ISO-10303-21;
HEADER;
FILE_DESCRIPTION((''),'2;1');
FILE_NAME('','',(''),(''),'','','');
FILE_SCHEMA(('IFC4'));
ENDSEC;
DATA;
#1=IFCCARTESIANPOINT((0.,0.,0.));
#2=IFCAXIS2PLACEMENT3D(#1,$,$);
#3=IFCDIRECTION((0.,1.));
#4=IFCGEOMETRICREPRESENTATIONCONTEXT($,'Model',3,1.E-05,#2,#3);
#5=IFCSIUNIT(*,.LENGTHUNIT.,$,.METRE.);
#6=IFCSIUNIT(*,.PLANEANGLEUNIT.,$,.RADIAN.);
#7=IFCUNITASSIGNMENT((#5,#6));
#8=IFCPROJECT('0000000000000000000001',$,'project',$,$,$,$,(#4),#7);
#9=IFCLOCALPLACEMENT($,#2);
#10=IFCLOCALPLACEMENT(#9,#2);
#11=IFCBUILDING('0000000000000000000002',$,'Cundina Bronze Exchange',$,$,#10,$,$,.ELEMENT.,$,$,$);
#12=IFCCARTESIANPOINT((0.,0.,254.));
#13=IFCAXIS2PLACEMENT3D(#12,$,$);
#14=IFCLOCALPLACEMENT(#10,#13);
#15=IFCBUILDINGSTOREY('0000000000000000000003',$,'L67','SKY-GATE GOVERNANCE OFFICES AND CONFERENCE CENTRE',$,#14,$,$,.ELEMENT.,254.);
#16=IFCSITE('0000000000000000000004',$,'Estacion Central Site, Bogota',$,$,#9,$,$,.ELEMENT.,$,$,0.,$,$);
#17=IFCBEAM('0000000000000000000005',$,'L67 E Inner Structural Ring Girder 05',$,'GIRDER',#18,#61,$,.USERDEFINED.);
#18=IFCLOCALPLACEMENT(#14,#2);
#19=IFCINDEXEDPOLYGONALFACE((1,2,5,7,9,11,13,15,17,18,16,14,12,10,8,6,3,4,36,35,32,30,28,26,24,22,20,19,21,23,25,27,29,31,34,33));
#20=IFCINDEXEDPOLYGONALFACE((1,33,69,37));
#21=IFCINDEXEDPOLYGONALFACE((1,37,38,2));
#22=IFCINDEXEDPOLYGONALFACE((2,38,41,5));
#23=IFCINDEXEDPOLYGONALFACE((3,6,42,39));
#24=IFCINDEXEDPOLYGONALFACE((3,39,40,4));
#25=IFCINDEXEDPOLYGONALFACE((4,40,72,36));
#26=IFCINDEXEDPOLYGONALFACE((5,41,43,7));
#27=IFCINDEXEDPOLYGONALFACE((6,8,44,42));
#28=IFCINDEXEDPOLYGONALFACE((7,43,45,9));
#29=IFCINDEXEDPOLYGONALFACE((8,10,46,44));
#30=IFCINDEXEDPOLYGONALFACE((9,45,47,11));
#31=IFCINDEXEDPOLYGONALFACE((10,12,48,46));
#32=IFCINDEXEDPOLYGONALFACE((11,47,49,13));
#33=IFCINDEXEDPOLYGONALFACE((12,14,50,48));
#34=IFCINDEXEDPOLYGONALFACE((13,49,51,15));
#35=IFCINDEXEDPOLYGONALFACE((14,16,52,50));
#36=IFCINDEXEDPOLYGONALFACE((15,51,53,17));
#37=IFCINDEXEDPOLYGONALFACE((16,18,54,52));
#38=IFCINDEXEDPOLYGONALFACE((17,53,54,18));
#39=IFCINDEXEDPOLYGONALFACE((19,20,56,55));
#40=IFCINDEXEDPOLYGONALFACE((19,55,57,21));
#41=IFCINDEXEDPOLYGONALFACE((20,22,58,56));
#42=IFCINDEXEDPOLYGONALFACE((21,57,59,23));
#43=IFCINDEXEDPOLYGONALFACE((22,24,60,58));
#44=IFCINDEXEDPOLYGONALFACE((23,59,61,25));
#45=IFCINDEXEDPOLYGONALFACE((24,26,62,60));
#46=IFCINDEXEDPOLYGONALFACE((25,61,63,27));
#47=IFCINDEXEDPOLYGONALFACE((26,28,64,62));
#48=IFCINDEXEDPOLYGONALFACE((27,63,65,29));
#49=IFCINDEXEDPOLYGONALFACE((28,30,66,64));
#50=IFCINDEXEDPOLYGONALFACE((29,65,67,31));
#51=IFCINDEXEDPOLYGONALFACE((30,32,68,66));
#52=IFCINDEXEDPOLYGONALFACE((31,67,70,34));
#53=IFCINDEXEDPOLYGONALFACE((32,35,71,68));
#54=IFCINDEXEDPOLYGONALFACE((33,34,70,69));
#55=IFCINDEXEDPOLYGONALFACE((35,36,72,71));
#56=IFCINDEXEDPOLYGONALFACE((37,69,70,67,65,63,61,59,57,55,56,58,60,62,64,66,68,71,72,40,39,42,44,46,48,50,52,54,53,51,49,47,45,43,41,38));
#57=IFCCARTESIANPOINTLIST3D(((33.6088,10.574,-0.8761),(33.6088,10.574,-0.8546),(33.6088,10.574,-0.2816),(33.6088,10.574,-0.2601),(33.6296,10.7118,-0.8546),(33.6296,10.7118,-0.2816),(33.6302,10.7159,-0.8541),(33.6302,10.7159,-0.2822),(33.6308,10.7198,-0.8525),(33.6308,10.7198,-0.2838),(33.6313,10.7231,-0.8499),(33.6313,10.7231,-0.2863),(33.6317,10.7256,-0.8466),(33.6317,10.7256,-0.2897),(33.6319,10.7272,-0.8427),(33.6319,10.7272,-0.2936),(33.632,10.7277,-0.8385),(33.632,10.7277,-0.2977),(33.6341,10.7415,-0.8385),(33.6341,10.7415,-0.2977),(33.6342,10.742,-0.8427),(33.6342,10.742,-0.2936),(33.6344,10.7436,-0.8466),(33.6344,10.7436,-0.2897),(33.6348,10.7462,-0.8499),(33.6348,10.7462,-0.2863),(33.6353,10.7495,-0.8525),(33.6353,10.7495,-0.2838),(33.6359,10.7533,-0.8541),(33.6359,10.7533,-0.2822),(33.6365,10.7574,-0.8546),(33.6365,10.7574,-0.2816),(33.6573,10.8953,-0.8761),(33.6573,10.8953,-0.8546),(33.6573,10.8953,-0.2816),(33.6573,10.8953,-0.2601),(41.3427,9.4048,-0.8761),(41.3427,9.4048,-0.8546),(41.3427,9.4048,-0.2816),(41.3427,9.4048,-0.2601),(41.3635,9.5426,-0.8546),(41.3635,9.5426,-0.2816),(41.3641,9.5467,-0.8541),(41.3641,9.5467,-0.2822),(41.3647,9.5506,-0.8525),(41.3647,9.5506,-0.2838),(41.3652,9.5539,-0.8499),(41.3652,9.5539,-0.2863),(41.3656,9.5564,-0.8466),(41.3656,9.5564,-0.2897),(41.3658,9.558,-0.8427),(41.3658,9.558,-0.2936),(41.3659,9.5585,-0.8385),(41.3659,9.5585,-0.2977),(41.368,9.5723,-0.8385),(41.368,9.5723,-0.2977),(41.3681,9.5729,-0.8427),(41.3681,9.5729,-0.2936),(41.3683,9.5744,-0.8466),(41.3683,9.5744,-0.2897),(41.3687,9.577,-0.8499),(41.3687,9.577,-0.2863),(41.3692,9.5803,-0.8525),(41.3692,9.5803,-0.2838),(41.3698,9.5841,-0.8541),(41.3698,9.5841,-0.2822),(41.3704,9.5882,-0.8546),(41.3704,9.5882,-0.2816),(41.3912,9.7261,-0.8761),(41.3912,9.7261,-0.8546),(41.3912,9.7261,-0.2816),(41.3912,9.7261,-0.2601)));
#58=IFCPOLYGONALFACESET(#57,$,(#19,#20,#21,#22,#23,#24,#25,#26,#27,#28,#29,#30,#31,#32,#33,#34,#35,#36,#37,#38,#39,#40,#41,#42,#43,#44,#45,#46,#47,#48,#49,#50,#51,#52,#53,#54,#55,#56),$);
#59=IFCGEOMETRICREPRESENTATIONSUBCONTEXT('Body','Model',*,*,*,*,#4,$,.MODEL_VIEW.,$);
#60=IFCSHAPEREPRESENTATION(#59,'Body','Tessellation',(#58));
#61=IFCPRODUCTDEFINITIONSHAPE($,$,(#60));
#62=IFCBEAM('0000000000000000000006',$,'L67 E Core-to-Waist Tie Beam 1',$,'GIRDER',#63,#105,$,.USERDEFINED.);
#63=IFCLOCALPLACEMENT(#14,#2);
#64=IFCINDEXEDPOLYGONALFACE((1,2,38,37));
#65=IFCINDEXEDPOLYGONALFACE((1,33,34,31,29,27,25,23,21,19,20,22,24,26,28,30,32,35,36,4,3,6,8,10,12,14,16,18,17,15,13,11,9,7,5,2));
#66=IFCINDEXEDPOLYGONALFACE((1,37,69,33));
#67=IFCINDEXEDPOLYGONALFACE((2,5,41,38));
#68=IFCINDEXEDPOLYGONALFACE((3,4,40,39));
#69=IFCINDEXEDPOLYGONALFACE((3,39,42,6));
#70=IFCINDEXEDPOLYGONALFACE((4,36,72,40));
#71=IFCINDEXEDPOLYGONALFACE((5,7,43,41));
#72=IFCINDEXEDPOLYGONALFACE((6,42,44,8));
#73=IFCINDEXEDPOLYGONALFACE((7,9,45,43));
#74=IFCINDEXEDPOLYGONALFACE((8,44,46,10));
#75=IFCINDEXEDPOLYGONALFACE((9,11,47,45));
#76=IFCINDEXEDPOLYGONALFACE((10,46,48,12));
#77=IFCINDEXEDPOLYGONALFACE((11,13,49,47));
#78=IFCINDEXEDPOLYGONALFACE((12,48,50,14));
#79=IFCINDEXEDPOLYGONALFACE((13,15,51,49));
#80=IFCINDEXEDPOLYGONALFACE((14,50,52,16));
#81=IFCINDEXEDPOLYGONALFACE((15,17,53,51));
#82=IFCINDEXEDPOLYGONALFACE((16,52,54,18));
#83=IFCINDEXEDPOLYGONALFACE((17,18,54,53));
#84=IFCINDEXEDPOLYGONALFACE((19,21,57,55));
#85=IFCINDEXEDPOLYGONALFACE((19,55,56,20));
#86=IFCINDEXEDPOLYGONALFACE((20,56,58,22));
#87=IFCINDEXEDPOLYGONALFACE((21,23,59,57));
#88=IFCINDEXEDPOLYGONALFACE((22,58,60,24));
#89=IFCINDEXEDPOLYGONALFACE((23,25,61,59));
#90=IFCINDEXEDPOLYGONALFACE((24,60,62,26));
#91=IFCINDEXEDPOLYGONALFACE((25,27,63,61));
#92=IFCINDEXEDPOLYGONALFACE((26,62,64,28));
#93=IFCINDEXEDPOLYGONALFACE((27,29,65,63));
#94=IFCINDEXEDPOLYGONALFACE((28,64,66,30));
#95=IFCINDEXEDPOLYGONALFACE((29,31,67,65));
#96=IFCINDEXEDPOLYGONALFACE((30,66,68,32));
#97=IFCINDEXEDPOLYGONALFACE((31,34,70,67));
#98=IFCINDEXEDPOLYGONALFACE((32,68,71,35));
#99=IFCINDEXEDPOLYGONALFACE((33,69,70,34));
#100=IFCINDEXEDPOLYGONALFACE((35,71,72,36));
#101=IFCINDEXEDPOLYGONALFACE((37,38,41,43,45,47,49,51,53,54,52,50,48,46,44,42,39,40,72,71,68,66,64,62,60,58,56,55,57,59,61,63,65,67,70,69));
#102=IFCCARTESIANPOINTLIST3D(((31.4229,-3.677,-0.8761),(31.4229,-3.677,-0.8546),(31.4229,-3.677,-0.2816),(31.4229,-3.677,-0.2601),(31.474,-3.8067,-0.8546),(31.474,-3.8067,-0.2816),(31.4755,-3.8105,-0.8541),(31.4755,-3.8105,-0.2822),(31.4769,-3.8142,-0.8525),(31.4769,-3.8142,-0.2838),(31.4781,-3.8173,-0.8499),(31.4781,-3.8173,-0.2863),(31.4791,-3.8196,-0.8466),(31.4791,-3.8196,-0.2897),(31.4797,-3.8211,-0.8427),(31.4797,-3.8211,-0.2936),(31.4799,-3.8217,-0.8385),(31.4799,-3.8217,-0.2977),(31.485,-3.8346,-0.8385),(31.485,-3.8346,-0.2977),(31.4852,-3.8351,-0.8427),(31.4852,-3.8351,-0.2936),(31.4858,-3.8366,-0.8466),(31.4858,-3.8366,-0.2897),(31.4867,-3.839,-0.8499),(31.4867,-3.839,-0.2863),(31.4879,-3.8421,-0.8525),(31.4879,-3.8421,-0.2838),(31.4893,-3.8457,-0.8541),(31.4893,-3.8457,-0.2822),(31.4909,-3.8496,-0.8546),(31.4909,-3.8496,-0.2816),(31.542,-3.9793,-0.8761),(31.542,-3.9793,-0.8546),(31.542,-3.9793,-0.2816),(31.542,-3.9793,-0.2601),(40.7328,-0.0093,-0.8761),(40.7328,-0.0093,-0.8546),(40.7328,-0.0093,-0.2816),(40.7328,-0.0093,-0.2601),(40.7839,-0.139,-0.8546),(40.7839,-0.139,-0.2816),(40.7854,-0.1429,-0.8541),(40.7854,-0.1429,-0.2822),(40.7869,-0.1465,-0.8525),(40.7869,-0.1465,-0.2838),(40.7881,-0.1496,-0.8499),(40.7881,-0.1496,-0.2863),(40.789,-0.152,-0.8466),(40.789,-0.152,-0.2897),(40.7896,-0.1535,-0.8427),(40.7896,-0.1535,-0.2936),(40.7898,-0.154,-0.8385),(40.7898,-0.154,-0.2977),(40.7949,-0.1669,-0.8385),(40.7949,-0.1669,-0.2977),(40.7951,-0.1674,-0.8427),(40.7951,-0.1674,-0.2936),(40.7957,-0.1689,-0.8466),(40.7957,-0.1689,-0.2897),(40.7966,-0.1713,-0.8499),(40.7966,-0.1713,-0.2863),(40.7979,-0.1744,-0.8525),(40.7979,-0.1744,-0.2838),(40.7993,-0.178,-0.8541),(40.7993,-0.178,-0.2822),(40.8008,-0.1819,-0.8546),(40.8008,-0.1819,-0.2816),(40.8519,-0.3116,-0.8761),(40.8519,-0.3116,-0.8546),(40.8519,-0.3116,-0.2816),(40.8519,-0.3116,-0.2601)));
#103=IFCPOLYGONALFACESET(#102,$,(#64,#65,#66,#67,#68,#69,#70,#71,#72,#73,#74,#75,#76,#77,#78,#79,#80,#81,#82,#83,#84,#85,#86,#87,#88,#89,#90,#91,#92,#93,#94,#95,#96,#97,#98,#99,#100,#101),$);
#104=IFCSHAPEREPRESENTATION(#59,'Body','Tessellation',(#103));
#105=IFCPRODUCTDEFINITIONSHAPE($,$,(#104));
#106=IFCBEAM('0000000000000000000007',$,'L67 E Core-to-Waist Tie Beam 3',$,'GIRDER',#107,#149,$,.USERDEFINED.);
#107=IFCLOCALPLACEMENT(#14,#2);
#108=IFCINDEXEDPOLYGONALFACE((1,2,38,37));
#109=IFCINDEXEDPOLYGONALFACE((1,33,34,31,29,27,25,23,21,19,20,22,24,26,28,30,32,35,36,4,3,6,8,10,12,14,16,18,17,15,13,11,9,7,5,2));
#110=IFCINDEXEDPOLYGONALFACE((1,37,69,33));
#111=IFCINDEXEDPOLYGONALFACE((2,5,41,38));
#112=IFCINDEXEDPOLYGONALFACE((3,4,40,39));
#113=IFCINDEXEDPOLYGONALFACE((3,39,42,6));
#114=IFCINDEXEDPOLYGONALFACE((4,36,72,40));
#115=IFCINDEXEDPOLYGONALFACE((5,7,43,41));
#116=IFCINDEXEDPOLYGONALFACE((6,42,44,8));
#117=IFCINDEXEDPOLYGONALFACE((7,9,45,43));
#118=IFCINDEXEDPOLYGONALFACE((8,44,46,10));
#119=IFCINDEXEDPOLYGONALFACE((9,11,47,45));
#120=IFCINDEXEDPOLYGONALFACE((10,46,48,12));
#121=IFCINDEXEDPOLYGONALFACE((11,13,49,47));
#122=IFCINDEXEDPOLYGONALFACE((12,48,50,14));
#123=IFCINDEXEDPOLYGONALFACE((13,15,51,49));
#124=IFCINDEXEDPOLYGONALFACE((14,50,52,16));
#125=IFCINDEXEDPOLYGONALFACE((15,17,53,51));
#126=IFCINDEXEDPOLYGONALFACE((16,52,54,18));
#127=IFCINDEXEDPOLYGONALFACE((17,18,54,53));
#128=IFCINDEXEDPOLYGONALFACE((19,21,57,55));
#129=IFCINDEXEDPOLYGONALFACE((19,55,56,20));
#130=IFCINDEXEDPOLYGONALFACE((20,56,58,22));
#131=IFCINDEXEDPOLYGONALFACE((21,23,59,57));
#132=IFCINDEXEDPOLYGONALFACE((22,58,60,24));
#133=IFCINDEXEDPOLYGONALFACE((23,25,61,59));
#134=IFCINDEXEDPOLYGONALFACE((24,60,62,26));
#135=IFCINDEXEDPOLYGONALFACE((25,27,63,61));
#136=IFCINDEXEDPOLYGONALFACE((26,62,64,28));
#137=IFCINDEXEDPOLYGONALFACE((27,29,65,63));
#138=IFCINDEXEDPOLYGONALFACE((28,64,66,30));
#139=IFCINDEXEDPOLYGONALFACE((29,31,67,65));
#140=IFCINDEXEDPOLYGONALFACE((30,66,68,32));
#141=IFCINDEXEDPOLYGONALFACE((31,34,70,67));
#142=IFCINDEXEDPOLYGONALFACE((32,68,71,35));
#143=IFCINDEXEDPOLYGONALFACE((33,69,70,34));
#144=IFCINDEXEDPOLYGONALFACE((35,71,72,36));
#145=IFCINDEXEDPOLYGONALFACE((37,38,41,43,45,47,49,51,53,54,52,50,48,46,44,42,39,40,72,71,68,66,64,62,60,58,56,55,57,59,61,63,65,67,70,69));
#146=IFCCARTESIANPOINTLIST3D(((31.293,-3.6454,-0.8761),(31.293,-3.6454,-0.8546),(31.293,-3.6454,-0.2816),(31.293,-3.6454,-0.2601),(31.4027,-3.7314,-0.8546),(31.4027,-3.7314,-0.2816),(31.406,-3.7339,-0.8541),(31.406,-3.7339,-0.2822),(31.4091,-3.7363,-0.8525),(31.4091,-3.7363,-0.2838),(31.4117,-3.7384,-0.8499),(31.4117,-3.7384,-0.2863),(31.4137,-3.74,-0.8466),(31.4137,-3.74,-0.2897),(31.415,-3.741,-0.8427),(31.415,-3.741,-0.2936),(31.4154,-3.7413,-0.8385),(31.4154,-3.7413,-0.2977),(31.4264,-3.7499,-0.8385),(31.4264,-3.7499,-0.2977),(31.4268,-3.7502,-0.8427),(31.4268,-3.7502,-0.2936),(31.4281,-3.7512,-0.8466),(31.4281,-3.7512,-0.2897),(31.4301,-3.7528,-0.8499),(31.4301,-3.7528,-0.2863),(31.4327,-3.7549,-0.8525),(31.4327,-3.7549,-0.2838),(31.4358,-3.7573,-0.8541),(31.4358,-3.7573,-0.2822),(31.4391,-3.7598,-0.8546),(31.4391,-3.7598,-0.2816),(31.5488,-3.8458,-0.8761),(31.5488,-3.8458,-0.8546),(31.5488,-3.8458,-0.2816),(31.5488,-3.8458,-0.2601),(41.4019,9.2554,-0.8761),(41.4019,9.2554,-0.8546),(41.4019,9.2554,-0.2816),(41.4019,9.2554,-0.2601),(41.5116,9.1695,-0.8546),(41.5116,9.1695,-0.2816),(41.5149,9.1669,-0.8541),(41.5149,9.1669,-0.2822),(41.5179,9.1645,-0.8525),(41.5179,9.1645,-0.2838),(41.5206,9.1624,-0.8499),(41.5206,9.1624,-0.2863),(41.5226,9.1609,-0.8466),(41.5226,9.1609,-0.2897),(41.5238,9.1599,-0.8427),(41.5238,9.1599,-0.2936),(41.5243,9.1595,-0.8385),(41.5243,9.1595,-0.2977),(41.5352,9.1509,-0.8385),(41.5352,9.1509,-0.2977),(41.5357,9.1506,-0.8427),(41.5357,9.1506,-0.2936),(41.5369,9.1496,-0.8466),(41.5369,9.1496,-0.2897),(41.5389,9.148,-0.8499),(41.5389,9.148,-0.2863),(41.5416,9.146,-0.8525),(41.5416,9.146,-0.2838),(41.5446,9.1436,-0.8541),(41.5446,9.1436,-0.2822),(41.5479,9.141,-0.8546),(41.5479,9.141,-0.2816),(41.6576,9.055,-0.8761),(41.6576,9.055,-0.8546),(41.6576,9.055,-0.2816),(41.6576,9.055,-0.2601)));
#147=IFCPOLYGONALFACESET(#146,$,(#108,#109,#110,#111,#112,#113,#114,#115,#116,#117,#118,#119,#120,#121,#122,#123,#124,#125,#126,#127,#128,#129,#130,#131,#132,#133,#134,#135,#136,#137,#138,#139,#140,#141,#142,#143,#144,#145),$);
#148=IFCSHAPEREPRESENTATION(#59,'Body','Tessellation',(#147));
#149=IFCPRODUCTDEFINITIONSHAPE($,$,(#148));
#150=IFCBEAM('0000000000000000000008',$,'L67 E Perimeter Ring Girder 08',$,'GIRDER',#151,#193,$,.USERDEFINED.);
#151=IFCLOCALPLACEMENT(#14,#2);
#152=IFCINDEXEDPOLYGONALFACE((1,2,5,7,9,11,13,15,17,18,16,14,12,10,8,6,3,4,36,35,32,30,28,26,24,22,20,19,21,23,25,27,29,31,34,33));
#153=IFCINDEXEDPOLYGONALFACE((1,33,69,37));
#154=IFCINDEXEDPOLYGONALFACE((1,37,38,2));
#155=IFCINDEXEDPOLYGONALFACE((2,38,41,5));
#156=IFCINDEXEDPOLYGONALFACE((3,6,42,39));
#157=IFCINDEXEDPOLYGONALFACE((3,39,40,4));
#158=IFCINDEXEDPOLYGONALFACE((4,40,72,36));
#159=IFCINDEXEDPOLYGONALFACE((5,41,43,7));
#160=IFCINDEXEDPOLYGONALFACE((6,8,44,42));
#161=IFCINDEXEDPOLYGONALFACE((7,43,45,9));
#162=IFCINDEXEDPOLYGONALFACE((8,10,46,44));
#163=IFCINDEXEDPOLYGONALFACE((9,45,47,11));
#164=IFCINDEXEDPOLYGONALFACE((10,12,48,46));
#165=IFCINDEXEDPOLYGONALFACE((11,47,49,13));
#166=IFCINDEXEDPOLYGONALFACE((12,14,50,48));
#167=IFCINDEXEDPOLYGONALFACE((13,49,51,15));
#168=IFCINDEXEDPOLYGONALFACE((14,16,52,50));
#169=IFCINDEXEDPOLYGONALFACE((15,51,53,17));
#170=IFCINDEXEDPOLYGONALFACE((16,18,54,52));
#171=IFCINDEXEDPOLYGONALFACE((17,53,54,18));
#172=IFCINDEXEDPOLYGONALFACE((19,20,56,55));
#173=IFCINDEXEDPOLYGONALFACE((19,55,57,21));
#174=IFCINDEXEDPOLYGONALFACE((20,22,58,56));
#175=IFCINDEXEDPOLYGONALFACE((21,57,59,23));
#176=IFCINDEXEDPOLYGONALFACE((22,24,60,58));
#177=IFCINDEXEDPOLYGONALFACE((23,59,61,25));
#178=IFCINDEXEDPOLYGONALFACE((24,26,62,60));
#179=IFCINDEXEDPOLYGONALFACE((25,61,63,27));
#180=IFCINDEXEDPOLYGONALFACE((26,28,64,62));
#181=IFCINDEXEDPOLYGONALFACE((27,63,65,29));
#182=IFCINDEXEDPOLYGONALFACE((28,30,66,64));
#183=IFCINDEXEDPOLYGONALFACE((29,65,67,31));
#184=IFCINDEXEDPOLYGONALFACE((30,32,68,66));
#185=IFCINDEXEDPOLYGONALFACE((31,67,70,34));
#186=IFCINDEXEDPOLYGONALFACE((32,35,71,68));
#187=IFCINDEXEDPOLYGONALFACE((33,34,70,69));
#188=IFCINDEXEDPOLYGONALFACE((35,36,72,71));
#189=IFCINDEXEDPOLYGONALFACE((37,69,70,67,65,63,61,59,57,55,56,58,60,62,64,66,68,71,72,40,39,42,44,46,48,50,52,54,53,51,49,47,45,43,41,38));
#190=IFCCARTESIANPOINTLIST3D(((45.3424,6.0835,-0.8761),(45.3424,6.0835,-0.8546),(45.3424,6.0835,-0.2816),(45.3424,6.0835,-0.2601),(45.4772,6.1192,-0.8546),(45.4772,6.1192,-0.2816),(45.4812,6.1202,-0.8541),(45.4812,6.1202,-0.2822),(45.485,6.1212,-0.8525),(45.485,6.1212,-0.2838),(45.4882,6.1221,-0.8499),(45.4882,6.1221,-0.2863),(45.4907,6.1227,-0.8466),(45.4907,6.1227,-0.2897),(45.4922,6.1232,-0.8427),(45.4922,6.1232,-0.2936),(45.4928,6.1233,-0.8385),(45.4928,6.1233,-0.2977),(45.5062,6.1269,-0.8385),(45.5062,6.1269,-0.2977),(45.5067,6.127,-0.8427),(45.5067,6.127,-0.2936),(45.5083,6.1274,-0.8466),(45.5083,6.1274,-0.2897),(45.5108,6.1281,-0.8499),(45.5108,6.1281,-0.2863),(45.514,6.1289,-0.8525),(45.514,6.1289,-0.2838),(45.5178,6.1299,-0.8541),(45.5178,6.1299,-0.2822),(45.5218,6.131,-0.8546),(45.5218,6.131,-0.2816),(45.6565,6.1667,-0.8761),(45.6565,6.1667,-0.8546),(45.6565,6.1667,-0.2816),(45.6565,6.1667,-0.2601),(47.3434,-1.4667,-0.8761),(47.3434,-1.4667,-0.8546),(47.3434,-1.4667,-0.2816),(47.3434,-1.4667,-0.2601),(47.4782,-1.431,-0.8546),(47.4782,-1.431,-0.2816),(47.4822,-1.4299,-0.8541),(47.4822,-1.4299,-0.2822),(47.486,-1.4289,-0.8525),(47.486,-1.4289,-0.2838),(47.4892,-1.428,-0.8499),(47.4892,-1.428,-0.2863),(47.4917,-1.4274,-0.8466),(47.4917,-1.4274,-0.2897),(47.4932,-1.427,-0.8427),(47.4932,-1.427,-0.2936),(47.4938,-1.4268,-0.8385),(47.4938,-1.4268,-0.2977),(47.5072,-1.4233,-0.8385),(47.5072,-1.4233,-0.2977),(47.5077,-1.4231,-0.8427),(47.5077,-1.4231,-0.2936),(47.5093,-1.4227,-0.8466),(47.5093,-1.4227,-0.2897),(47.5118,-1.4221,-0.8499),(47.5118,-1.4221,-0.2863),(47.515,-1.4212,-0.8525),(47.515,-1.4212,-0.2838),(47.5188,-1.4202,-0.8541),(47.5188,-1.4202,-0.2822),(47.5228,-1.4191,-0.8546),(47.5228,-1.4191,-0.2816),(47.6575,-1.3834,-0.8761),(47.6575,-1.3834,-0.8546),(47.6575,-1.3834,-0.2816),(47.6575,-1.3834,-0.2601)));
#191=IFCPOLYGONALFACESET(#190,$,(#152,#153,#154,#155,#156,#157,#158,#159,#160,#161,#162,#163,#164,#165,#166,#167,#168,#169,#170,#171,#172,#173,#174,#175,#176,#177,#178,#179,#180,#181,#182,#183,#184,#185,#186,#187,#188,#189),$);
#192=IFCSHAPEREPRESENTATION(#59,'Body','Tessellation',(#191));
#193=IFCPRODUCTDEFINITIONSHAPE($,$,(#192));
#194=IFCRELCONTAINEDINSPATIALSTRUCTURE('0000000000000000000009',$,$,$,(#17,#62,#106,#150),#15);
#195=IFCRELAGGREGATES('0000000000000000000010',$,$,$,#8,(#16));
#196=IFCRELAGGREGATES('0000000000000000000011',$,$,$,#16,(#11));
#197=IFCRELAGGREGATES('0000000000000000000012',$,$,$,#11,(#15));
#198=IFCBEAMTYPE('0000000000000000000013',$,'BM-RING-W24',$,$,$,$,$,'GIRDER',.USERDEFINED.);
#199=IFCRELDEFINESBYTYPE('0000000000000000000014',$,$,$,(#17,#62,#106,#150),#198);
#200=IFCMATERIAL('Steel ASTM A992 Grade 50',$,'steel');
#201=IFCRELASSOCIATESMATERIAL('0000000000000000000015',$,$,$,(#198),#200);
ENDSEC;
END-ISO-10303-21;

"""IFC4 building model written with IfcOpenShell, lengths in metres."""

from ifc_helpers import new_model, si_unit, direction, frame, origin, origin_2d, place, context, subcontext, project, spatial, i_section, extrude, material, material_profile, profile_set, type_object, element, save


model = new_model("IFC4")

# Units and contexts
model_context = context("Model", 3, precision=1e-05, world=origin(), true_north=direction((0.0, 1.0)))
body_context = subcontext(model_context, "Body", "Model", "MODEL_VIEW")
ifc_project = project(units=[si_unit("LENGTHUNIT", "METRE"), si_unit("PLANEANGLEUNIT", "RADIAN")], contexts=[model_context])

# Site, building, storey
site_placement = place(None, origin())
site = spatial("IfcSite", under=ifc_project, at=site_placement, Name="Estacion Central Site, Bogota", CompositionType="ELEMENT", RefElevation=0.0)
building_placement = place(site_placement, origin())
building = spatial("IfcBuilding", under=site, at=building_placement, Name="Cundina Bronze Exchange", CompositionType="ELEMENT")
storey_placement = place(building_placement, frame((0.0, 0.0, 254.0)))
storey = spatial("IfcBuildingStorey", under=building, at=storey_placement, Name="L67", Description="SKY-GATE GOVERNANCE OFFICES AND CONFERENCE CENTRE", CompositionType="ELEMENT", Elevation=254.0)

# Shared definitions
ifc_material_1 = material(Name="Steel ASTM A992 Grade 50", Category="steel")

# Beams
ifc_material_profile_1 = material_profile(ifc_material_1, i_section(OverallWidth=0.325, OverallDepth=0.616, WebThickness=0.0139, FlangeThickness=0.0215, FilletRadius=0.0161, at=origin_2d()), Name="W24X117", Category="steel")
ifc_profile_set_1 = profile_set([ifc_material_profile_1], Name="Steel ASTM A992 Grade 50")
beam_type_1 = type_object("IfcBeamType", Name="BM-RING-W24", ElementType="GIRDER", PredefinedType="USERDEFINED", material=ifc_profile_set_1)
beam_1_placement = place(storey_placement, frame((41.3669, 9.5654, -0.5681), z_axis=(-0.988765, 0.149479, 0.0), x_axis=(-0.149479, -0.988765, 0.0)))
element("IfcBeam", 1, at=beam_1_placement, inside=storey, type_object=beam_type_1, Name="L67 E Inner Structural Ring Girder 05", ObjectType="GIRDER", PredefinedType="USERDEFINED", context=body_context, shape_type="SweptSolid", body=[
    extrude(i_section(OverallWidth=0.325, OverallDepth=0.616, WebThickness=0.0139, FlangeThickness=0.0215, FilletRadius=0.0161, at=origin_2d()), origin(), (0.0, 0.0, 1.0), 7.8218),
])
beam_2_placement = place(storey_placement, frame((31.4824, -3.8281, -0.5681), z_axis=(0.930404, 0.366535, 0.0), x_axis=(-0.366535, 0.930404, 0.0)))
element("IfcBeam", 2, at=beam_2_placement, inside=storey, type_object=beam_type_1, Name="L67 E Core-to-Waist Tie Beam 1", ObjectType="GIRDER", PredefinedType="USERDEFINED", context=body_context, shape_type="SweptSolid", body=[
    extrude(i_section(OverallWidth=0.325, OverallDepth=0.616, WebThickness=0.0139, FlangeThickness=0.0215, FilletRadius=0.0161, at=origin_2d()), origin(), (0.0, 0.0, 1.0), 10.0063),
])
beam_3_placement = place(storey_placement, frame((31.4209, -3.7456, -0.5681), z_axis=(0.616783, 0.787133, 0.0), x_axis=(-0.787133, 0.616783, 0.0)))
element("IfcBeam", 3, at=beam_3_placement, inside=storey, type_object=beam_type_1, Name="L67 E Core-to-Waist Tie Beam 3", ObjectType="GIRDER", PredefinedType="USERDEFINED", context=body_context, shape_type="SweptSolid", body=[
    extrude(i_section(OverallWidth=0.325, OverallDepth=0.616, WebThickness=0.0139, FlangeThickness=0.0215, FilletRadius=0.0161, at=origin_2d()), origin(), (0.0, 0.0, 1.0), 16.3896),
])
for number, where, z_axis, x_axis, name in (
    (4, (47.5005, -1.425, -0.5681), (-0.256184, 0.966628, 0.0), (-0.966628, -0.256184, 0.0), "L67 E Perimeter Ring Girder 08"),
):
    element("IfcBeam", number, at=place(storey_placement, frame(where, z_axis=z_axis, x_axis=x_axis)), inside=storey, type_object=beam_type_1, Name=name, ObjectType="GIRDER", PredefinedType="USERDEFINED", context=body_context, shape_type="SweptSolid", body=[
        extrude(i_section(OverallWidth=0.325, OverallDepth=0.616, WebThickness=0.0139, FlangeThickness=0.0215, FilletRadius=0.0161, at=origin_2d()), origin(), (0.0, 0.0, 1.0), 7.8108),
    ])

save(model, "model.ifc")
